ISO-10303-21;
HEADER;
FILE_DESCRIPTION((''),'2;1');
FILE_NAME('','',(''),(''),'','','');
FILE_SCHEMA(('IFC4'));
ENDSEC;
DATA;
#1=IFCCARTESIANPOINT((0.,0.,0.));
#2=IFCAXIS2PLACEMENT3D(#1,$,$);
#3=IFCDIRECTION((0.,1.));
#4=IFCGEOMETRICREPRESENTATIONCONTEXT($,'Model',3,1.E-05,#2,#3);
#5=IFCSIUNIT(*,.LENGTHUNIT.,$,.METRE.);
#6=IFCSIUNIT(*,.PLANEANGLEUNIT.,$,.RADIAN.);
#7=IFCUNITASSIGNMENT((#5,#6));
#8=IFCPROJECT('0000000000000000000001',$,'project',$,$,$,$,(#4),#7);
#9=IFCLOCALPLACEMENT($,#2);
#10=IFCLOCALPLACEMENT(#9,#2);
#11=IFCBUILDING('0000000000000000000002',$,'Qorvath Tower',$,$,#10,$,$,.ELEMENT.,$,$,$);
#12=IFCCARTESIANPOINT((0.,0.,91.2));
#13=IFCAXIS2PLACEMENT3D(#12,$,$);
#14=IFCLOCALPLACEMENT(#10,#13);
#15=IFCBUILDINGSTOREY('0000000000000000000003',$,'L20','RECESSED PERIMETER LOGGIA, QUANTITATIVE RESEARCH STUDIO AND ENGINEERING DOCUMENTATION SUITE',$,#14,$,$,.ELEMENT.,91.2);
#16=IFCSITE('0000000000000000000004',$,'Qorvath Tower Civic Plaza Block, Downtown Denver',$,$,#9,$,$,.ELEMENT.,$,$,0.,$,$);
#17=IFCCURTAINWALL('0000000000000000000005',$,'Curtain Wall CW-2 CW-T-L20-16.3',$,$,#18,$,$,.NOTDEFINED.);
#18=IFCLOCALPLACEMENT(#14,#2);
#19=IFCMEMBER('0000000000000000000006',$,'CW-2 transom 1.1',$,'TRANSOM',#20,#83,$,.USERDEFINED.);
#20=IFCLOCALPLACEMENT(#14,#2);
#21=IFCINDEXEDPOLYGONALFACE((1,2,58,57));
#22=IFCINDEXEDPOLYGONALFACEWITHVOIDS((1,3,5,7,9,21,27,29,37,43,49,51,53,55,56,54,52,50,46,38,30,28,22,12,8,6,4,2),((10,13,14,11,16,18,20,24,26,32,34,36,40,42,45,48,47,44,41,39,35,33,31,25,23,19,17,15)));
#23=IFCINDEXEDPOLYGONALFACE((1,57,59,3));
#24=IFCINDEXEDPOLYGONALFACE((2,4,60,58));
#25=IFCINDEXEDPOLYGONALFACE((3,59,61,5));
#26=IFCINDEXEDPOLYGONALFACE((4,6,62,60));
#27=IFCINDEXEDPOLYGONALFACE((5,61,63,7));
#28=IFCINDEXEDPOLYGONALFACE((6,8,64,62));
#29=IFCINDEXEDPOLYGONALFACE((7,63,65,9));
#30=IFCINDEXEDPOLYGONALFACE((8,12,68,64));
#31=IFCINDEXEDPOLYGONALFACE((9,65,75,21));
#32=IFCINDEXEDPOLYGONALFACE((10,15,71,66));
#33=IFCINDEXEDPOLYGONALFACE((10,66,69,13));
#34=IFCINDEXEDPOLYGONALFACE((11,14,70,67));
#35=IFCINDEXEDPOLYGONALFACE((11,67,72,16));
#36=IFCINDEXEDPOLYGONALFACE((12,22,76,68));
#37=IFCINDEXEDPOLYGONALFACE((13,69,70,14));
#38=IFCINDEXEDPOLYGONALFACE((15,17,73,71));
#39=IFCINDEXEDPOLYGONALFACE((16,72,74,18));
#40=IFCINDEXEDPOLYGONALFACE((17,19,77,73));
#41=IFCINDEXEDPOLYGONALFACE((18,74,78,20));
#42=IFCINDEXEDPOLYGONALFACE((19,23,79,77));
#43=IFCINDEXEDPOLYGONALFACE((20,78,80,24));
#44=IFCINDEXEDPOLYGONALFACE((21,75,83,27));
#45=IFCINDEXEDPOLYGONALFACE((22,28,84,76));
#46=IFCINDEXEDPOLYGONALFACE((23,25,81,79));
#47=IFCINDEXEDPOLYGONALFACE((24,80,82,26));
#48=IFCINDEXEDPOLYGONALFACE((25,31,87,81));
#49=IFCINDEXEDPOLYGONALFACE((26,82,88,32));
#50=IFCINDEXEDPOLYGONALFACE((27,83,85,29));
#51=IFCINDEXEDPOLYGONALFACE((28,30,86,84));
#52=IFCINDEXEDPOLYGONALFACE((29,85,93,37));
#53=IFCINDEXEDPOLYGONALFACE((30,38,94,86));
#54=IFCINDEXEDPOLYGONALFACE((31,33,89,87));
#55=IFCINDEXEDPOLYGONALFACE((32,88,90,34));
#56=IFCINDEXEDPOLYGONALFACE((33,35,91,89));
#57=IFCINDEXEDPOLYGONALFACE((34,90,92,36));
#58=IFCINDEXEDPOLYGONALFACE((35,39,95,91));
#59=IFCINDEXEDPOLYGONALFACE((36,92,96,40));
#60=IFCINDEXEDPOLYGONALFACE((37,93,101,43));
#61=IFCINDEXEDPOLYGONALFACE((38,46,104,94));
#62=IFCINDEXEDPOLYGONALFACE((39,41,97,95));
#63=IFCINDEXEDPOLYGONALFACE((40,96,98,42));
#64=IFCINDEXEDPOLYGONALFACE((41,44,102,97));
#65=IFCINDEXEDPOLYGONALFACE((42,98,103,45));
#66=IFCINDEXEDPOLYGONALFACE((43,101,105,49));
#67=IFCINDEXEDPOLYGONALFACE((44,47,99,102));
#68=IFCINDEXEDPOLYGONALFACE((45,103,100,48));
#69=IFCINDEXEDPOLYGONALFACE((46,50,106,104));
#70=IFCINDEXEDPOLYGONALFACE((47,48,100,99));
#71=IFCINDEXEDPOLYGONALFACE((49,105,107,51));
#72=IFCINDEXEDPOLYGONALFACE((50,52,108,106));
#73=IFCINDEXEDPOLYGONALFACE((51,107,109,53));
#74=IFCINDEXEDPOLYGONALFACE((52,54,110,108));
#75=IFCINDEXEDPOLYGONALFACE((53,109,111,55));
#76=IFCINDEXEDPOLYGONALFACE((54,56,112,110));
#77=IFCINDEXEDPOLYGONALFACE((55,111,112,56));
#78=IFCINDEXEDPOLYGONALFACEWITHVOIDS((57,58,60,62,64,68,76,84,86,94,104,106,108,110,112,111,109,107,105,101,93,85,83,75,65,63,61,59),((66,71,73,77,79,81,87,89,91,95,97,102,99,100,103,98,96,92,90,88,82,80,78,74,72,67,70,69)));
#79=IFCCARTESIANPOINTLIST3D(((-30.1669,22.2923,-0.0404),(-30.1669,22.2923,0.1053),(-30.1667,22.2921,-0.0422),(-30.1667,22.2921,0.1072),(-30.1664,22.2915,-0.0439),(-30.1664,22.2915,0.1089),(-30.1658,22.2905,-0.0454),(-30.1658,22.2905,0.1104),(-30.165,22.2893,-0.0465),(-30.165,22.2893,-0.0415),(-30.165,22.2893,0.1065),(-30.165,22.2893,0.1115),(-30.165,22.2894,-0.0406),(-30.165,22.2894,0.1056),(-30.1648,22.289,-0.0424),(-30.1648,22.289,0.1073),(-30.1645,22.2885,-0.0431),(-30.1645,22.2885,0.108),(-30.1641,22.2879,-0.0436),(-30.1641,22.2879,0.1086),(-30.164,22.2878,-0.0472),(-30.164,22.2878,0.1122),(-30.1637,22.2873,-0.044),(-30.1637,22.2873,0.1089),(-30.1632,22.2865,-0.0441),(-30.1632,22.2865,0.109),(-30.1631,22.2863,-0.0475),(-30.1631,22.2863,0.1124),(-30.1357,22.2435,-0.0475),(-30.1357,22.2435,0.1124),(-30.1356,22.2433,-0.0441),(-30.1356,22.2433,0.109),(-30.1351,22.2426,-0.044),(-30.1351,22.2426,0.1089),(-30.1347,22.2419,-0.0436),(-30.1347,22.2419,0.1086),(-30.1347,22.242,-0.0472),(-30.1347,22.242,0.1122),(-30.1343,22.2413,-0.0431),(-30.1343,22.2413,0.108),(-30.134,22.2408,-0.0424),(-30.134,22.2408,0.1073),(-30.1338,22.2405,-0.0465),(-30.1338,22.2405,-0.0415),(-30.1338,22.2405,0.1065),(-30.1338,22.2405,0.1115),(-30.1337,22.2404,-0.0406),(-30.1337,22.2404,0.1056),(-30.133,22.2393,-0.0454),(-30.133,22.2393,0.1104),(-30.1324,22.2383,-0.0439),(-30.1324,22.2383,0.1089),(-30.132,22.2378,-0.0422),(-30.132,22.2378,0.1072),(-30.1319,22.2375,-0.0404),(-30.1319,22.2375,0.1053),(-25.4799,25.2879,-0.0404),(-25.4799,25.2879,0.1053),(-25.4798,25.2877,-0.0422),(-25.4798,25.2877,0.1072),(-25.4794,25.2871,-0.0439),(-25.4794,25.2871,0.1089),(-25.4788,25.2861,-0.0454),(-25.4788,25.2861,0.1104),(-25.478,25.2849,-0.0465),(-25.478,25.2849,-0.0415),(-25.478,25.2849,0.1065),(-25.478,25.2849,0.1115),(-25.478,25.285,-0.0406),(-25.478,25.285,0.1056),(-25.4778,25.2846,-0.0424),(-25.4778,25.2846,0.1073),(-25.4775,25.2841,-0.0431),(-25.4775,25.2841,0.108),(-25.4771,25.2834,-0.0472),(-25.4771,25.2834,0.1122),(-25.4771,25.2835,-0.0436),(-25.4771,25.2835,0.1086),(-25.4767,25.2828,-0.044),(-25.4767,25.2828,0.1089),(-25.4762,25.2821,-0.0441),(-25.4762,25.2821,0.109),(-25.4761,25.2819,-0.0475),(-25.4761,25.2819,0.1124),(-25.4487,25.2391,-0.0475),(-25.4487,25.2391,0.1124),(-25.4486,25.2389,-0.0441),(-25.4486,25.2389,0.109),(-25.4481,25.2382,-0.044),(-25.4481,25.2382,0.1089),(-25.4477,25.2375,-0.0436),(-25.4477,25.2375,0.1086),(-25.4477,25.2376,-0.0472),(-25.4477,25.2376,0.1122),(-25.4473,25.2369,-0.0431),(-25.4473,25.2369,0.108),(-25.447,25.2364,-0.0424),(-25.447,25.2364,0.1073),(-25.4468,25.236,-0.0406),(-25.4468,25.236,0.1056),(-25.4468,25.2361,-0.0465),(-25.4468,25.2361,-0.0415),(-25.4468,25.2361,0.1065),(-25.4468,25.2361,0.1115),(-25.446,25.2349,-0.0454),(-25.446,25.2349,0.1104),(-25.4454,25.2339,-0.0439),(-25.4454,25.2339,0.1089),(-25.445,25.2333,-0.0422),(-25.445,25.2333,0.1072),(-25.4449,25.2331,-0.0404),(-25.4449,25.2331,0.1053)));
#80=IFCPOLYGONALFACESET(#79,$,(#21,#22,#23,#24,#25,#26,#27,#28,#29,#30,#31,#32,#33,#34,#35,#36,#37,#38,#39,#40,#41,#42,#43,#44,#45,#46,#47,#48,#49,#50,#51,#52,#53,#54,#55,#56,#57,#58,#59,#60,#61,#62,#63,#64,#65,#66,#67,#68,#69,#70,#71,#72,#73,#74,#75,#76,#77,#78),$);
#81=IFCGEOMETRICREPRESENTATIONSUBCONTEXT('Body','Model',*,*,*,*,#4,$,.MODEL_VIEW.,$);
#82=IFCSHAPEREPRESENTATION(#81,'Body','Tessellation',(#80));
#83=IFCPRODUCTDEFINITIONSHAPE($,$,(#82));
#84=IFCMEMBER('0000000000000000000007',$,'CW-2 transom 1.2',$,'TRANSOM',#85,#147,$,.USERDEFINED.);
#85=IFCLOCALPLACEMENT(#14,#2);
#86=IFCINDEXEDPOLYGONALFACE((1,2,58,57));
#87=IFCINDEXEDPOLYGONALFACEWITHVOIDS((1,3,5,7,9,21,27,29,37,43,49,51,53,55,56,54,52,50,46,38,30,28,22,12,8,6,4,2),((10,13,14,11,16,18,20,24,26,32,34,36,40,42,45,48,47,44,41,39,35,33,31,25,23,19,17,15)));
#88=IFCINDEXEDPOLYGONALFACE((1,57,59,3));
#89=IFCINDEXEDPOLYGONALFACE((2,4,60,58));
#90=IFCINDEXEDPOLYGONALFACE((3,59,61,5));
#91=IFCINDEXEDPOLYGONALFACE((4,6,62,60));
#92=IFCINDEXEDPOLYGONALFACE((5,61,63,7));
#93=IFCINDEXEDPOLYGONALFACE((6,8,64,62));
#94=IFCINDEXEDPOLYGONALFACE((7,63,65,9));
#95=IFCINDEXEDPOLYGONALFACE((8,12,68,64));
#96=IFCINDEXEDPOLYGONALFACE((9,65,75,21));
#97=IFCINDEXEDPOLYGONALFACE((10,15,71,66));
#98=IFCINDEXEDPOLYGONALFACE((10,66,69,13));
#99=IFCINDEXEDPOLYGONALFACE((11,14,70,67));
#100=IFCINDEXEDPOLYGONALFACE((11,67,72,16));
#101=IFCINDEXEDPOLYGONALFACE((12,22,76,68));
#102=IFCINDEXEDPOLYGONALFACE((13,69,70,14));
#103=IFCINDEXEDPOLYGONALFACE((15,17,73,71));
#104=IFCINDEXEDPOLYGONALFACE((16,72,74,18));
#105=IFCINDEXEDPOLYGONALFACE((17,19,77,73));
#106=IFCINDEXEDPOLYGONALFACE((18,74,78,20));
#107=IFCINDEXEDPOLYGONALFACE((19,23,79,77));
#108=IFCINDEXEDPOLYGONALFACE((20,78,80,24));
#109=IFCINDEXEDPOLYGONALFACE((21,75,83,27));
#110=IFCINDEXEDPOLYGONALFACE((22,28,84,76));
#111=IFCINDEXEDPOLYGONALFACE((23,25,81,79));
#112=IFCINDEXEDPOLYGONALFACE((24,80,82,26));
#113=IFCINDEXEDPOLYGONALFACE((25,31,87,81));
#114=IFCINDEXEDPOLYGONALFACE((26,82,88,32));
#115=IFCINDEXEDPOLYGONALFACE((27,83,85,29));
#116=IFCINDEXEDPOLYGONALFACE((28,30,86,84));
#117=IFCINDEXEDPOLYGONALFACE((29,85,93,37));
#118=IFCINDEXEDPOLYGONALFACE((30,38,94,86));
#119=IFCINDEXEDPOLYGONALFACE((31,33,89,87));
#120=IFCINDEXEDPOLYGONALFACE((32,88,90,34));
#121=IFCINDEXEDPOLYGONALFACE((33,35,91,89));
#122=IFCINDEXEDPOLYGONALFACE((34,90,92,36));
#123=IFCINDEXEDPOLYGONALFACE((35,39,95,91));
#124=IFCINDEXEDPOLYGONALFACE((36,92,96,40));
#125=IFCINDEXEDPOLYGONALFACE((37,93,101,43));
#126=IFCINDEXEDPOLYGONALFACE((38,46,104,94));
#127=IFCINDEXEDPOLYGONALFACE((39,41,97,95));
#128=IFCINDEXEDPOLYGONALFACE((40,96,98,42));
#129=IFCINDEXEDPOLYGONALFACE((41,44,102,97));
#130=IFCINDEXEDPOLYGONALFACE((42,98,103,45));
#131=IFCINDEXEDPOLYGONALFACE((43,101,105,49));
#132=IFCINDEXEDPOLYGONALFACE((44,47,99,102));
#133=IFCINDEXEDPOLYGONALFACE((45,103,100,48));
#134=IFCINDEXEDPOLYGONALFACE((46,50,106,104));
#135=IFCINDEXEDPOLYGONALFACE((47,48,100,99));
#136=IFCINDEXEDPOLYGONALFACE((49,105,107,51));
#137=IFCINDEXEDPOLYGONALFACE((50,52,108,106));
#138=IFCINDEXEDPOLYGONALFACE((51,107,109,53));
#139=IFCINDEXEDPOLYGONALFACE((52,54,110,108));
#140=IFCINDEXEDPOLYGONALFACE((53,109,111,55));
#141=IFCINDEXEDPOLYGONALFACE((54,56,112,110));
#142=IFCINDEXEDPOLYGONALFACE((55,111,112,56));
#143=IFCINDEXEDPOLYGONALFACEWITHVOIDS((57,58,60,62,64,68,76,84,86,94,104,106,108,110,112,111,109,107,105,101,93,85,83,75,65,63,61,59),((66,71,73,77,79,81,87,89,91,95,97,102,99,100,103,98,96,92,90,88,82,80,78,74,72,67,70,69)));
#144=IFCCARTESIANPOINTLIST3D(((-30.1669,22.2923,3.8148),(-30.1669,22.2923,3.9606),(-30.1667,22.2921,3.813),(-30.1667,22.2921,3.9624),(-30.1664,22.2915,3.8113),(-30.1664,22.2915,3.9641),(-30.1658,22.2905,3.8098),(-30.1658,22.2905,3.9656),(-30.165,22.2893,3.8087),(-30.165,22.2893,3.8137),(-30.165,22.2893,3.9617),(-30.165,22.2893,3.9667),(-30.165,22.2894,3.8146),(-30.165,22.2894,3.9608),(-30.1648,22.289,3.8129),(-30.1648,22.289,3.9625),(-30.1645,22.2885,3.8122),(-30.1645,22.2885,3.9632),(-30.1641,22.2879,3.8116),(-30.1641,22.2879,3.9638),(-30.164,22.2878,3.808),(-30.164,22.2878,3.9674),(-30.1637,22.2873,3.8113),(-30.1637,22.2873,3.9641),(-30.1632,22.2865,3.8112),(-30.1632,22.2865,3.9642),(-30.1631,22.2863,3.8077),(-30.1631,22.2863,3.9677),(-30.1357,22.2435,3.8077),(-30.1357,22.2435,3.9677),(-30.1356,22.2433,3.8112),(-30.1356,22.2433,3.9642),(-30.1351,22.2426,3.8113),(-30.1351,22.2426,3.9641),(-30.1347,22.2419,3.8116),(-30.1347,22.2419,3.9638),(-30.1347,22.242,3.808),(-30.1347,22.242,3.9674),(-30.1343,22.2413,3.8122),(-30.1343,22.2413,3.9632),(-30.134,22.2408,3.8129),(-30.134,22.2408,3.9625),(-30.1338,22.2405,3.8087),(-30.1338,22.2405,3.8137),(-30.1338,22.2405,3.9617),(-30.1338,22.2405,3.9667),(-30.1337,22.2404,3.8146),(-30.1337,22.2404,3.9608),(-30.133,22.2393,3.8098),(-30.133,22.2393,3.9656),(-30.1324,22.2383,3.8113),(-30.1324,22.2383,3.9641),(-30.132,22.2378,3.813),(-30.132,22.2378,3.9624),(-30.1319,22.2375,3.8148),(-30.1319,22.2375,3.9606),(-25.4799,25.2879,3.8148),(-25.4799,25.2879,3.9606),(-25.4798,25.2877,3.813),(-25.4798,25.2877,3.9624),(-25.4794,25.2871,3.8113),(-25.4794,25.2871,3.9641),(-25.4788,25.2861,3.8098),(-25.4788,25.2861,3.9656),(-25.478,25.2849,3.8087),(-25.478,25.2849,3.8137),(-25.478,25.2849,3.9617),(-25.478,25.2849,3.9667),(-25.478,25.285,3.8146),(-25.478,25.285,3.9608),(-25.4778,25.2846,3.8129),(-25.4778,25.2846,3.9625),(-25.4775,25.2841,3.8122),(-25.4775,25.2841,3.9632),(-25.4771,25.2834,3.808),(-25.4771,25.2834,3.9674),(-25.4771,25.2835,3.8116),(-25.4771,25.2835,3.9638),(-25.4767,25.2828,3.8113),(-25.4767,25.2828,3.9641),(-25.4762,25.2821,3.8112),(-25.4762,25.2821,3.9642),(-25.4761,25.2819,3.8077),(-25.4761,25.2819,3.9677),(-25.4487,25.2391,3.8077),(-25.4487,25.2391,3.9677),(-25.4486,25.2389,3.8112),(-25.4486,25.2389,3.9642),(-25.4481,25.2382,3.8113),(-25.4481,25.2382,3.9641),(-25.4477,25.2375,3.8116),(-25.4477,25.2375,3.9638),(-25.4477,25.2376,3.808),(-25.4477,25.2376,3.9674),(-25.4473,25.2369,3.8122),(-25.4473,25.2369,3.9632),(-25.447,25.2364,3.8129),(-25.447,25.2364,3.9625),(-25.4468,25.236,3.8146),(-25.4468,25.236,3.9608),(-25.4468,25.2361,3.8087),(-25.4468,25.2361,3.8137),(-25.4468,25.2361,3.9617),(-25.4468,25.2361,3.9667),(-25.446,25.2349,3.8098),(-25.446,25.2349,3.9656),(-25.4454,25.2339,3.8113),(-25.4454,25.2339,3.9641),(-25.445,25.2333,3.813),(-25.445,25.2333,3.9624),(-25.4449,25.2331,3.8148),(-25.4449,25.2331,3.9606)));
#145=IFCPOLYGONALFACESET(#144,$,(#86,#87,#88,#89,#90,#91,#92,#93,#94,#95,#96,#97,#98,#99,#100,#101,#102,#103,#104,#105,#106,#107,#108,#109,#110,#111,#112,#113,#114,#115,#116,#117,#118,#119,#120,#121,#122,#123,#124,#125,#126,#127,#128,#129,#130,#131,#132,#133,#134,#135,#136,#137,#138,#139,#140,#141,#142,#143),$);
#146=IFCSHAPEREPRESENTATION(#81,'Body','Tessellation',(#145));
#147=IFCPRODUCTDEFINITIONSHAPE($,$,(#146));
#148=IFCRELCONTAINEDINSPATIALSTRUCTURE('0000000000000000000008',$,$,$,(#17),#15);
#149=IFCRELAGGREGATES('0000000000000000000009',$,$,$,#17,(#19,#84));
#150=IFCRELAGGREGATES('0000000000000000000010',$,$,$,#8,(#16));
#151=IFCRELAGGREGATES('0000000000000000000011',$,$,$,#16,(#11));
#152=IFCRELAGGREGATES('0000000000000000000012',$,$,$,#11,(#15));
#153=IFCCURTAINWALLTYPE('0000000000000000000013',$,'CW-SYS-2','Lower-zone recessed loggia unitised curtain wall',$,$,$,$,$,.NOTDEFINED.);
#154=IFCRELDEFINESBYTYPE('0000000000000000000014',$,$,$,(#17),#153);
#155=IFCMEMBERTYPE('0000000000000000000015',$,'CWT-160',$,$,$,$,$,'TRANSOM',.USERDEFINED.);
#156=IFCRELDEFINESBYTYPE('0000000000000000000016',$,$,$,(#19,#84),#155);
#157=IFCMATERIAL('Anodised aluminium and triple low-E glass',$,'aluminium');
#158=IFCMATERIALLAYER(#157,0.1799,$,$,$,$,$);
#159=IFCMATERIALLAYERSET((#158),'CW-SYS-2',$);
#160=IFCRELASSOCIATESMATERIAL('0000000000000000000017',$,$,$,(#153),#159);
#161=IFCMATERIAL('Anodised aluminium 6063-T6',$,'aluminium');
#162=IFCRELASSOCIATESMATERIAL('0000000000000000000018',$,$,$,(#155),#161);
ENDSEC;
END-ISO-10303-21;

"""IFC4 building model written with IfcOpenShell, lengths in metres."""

from ifc_helpers import new_model, si_unit, direction, frame, origin, origin_2d, place, context, subcontext, project, spatial, hollow_rectangle, extrude, material, layer, layer_set, material_profile, profile_set, type_object, element, aggregate, save


model = new_model("IFC4")

# Units and contexts
model_context = context("Model", 3, precision=1e-05, world=origin(), true_north=direction((0.0, 1.0)))
body_context = subcontext(model_context, "Body", "Model", "MODEL_VIEW")
ifc_project = project(units=[si_unit("LENGTHUNIT", "METRE"), si_unit("PLANEANGLEUNIT", "RADIAN")], contexts=[model_context])

# Site, building, storey
site_placement = place(None, origin())
site = spatial("IfcSite", under=ifc_project, at=site_placement, Name="Qorvath Tower Civic Plaza Block, Downtown Denver", CompositionType="ELEMENT", RefElevation=0.0)
building_placement = place(site_placement, origin())
building = spatial("IfcBuilding", under=site, at=building_placement, Name="Qorvath Tower", CompositionType="ELEMENT")
storey_placement = place(building_placement, frame((0.0, 0.0, 91.2)))
storey = spatial("IfcBuildingStorey", under=building, at=storey_placement, Name="L20", Description="RECESSED PERIMETER LOGGIA, QUANTITATIVE RESEARCH STUDIO AND ENGINEERING DOCUMENTATION SUITE", CompositionType="ELEMENT", Elevation=91.2)

# Curtain wall
ifc_material_1 = material(Name="Anodised aluminium and triple low-E glass", Category="aluminium")
ifc_layer_1 = layer(ifc_material_1, 0.1799)
ifc_layer_set_1 = layer_set([ifc_layer_1], Name="CW-SYS-2")
curtain_wall_type = type_object("IfcCurtainWallType", Name="CW-SYS-2", Description="Lower-zone recessed loggia unitised curtain wall", PredefinedType="NOTDEFINED", material=ifc_layer_set_1)
curtain_wall_1_placement = place(storey_placement, origin())
curtain_wall_1 = element("IfcCurtainWall", 1, at=curtain_wall_1_placement, inside=storey, type_object=curtain_wall_type, Name="Curtain Wall CW-2 CW-T-L20-16.3", PredefinedType="NOTDEFINED")

# Members
ifc_material_2 = material(Name="Anodised aluminium 6063-T6", Category="aluminium")
ifc_material_profile_1 = material_profile(ifc_material_2, hollow_rectangle(XDim=0.0649, YDim=0.1599, WallThickness=0.0034, InnerFilletRadius=0.0034, OuterFilletRadius=0.0071, at=origin_2d()), Name="CWT 160x65")
ifc_profile_set_1 = profile_set([ifc_material_profile_1], Name="Anodised aluminium 6063-T6")
member_type_1 = type_object("IfcMemberType", Name="CWT-160", ElementType="TRANSOM", PredefinedType="USERDEFINED", material=ifc_profile_set_1)
member_1_placement = place(storey_placement, frame((-25.4624, 25.2605, 0.0325), z_axis=(-0.842604, -0.538533, 0.0), x_axis=(0.538533, -0.842604, 0.0)))
member_1 = element("IfcMember", 2, at=member_1_placement, type_object=member_type_1, Name="CW-2 transom 1.1", ObjectType="TRANSOM", PredefinedType="USERDEFINED", context=body_context, shape_type="SweptSolid", body=[
    extrude(hollow_rectangle(XDim=0.0649, YDim=0.1599, WallThickness=0.0034, InnerFilletRadius=0.0034, OuterFilletRadius=0.0071, at=origin_2d()), origin(), (0.0, 0.0, 1.0), 5.5625),
])
member_2_placement = place(storey_placement, frame((-25.4624, 25.2605, 3.8877), z_axis=(-0.842604, -0.538533, 0.0), x_axis=(0.538533, -0.842604, 0.0)))
member_2 = element("IfcMember", 3, at=member_2_placement, type_object=member_type_1, Name="CW-2 transom 1.2", ObjectType="TRANSOM", PredefinedType="USERDEFINED", context=body_context, shape_type="SweptSolid", body=[
    extrude(hollow_rectangle(XDim=0.0649, YDim=0.1599, WallThickness=0.0034, InnerFilletRadius=0.0034, OuterFilletRadius=0.0071, at=origin_2d()), origin(), (0.0, 0.0, 1.0), 5.5625),
])

aggregate(curtain_wall_1, [member_1, member_2])

save(model, "model.ifc")
